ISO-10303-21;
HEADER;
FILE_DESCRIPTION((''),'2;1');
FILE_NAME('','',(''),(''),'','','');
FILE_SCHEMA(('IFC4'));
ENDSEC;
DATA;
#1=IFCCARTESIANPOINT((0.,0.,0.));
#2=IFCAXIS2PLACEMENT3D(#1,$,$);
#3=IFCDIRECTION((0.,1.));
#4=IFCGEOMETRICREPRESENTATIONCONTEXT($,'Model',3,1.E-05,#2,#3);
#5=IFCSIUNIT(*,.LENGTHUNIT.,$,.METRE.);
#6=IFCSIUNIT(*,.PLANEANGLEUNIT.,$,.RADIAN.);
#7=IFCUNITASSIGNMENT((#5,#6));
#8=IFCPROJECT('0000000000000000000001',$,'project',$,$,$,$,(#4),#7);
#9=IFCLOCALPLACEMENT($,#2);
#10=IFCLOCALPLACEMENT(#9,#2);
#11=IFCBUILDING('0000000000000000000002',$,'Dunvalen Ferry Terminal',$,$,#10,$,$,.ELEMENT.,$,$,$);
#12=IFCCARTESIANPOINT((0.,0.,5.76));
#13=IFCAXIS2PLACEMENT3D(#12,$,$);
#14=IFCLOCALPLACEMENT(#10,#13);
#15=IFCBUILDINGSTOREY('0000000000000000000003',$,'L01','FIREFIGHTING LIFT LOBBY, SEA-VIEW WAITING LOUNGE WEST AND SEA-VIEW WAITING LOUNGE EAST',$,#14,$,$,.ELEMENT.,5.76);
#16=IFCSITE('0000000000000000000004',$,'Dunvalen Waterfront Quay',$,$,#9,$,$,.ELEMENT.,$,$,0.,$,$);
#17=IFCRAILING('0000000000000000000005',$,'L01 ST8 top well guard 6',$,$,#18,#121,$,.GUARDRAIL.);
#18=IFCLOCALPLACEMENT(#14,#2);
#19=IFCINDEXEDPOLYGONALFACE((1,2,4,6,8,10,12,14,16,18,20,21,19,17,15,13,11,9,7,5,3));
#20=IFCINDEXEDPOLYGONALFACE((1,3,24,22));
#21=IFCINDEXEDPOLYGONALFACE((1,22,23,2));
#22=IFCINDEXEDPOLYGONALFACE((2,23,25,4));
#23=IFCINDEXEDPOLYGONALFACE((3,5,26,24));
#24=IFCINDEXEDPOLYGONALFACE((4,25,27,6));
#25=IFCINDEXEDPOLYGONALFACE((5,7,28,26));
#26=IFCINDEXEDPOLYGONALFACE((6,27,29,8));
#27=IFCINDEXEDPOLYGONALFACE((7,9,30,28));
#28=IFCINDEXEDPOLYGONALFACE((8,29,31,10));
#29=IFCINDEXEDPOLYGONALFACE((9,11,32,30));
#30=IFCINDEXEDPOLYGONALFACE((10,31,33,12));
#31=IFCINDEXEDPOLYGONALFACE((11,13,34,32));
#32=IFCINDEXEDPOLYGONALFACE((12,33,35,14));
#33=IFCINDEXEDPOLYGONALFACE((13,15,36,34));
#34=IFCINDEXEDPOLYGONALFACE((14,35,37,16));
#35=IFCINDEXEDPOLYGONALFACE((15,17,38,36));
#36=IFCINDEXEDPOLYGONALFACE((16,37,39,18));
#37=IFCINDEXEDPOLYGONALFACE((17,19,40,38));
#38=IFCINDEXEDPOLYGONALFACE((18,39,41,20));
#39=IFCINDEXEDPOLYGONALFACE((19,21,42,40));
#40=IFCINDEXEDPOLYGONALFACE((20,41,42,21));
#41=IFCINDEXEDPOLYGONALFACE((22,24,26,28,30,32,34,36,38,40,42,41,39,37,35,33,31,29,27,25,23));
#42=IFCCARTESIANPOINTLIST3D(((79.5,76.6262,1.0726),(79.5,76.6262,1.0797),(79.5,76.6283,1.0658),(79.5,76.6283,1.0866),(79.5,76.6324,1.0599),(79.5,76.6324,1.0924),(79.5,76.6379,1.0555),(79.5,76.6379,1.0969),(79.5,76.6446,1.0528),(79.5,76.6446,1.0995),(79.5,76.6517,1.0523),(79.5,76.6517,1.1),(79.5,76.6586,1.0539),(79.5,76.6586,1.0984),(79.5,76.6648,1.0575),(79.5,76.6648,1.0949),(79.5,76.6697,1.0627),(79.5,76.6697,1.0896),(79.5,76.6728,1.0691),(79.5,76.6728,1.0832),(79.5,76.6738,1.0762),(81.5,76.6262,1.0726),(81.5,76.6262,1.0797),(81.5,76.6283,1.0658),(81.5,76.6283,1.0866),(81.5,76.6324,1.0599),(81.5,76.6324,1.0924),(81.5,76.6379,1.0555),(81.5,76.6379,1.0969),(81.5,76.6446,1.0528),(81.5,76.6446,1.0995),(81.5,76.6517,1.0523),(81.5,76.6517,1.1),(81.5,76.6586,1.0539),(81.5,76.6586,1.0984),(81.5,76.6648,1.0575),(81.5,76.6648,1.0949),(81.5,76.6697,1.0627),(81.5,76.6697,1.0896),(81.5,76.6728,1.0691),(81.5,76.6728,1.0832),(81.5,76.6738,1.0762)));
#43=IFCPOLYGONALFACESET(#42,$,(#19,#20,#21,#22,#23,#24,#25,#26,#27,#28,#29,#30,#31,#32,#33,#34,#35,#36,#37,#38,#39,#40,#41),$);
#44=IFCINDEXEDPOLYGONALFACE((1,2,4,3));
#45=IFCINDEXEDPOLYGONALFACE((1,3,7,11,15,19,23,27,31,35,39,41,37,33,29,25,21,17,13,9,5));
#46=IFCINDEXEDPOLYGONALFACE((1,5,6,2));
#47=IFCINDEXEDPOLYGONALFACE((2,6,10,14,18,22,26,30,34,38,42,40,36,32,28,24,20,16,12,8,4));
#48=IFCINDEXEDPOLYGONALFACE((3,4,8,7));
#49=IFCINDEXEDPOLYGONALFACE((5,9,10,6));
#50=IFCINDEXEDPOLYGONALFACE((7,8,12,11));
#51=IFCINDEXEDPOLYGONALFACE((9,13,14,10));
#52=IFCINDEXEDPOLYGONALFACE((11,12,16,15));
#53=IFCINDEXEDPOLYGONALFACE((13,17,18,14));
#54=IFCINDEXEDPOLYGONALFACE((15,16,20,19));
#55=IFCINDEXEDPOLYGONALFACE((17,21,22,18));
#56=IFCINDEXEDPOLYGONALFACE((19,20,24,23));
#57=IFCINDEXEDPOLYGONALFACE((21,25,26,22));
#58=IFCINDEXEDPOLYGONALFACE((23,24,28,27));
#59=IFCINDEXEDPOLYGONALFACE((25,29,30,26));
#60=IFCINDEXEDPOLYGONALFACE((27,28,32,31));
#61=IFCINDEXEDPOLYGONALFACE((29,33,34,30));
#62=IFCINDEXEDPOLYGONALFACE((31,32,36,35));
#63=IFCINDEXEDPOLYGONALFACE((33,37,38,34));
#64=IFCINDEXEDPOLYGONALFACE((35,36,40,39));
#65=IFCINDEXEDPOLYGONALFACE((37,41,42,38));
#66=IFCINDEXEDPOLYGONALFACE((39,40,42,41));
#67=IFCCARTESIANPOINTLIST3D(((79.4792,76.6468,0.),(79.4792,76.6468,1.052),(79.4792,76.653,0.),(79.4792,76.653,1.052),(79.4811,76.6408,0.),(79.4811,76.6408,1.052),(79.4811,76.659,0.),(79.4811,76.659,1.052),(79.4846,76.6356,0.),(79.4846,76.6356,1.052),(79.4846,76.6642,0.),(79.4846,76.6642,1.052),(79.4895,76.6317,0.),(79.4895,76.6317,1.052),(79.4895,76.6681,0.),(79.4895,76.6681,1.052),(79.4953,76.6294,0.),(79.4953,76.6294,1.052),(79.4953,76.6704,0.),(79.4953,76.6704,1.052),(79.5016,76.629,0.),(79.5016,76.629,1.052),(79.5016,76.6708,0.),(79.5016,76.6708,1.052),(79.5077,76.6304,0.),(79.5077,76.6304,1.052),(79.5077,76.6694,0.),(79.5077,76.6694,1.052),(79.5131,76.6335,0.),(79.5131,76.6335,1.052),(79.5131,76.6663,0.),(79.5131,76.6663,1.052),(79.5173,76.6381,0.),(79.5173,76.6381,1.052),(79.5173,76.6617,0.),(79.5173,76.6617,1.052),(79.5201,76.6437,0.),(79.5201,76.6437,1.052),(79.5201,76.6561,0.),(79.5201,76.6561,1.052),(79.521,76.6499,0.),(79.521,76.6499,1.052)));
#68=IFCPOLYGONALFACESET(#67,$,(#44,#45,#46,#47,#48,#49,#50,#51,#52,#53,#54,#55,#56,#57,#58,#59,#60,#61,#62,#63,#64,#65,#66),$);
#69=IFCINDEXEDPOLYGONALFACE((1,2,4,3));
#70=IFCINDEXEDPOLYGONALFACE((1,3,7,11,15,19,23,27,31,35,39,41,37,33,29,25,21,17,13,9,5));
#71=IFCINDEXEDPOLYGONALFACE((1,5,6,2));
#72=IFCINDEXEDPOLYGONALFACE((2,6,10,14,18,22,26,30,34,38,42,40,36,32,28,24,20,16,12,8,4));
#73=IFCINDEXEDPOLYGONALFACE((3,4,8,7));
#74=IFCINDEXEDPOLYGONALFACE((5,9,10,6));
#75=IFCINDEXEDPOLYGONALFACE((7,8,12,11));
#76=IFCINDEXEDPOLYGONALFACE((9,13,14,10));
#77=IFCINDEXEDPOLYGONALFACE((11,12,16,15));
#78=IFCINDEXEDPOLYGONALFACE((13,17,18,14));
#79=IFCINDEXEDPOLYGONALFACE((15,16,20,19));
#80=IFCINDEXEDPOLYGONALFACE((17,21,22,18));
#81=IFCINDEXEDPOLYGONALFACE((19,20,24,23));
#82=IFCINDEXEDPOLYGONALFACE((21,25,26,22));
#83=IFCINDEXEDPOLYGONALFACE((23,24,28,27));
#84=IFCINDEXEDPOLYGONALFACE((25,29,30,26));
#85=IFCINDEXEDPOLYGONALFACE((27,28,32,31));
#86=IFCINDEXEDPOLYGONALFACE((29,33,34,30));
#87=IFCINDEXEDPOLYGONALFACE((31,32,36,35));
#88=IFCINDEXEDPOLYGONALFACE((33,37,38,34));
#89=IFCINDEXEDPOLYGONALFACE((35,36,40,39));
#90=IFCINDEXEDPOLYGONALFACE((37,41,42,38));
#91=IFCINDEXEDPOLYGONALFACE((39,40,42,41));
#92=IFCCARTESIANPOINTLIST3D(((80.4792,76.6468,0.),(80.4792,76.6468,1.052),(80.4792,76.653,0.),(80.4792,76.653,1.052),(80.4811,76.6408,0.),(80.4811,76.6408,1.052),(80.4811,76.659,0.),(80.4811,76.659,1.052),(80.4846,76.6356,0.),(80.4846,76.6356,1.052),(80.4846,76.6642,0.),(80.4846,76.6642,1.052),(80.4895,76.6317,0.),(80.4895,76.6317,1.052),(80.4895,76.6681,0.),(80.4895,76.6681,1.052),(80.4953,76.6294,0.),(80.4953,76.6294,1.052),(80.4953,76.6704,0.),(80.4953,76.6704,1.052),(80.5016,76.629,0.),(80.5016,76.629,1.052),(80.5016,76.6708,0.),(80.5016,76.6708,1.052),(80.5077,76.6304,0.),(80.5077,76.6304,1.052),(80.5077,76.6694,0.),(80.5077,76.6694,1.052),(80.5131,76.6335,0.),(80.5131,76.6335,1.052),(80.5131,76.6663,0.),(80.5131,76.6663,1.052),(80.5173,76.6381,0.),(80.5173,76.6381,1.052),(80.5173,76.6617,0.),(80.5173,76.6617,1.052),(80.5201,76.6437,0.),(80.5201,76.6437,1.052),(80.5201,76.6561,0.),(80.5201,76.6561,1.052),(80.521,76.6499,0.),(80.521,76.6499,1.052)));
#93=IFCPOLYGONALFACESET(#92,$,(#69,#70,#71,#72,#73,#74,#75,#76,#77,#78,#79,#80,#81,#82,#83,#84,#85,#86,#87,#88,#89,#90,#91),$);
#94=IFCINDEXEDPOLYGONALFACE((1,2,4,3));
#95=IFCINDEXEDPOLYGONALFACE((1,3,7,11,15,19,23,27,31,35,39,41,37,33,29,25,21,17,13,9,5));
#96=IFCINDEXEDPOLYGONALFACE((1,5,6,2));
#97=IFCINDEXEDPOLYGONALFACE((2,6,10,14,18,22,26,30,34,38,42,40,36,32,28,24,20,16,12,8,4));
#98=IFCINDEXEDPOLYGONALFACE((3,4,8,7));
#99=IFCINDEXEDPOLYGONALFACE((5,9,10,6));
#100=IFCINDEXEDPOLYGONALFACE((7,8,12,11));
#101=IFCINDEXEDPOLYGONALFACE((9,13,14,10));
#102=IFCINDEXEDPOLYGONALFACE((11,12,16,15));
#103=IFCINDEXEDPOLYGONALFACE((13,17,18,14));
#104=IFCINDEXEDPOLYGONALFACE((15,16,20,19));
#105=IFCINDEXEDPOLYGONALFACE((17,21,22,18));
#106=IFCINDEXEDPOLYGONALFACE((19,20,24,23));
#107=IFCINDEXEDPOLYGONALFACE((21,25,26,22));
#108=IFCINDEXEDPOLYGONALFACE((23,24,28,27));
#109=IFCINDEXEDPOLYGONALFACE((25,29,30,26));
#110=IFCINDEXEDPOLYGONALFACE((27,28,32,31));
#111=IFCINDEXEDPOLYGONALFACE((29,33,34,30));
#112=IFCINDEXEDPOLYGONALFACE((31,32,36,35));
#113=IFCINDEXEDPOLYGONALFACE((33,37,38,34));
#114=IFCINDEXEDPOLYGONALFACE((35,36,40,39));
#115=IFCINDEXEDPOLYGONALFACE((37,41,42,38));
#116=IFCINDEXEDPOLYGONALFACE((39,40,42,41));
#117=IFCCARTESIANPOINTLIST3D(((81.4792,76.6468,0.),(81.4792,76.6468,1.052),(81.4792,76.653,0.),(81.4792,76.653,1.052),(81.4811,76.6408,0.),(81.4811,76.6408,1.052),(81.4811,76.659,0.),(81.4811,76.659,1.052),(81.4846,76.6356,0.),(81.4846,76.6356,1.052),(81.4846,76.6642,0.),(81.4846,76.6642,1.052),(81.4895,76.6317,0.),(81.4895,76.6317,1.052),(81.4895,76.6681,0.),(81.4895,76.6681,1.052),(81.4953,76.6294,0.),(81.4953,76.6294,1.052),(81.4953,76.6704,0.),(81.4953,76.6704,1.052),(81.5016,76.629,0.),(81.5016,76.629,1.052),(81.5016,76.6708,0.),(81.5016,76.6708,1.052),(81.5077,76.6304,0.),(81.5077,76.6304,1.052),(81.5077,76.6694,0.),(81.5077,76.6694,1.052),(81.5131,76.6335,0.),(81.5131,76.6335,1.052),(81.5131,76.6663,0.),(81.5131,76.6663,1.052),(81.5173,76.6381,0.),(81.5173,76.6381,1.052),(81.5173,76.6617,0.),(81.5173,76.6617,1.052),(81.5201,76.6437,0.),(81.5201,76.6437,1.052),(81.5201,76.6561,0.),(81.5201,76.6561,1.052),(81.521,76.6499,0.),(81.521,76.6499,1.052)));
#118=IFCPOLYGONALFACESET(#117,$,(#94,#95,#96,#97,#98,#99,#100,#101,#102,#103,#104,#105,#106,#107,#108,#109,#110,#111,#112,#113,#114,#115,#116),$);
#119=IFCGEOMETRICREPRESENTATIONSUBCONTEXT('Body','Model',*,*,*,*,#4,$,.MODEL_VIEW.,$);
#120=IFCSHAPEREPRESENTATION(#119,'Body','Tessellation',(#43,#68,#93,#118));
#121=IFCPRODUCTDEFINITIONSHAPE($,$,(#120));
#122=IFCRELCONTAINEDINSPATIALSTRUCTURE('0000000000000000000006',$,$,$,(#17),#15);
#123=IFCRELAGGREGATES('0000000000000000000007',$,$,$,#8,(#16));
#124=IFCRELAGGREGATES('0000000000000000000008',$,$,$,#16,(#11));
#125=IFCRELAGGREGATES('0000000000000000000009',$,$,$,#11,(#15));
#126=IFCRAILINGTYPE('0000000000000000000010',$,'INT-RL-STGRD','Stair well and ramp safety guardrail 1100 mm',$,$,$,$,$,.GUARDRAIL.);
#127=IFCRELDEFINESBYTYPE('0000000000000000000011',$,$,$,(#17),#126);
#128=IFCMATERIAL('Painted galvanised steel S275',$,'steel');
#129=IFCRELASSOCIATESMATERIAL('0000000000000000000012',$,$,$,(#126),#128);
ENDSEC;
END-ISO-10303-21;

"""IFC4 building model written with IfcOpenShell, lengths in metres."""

from ifc_helpers import new_model, si_unit, direction, frame, origin, origin_2d, place, context, subcontext, project, spatial, circle, extrude, material, type_object, element, save


model = new_model("IFC4")

# Units and contexts
model_context = context("Model", 3, precision=1e-05, world=origin(), true_north=direction((0.0, 1.0)))
body_context = subcontext(model_context, "Body", "Model", "MODEL_VIEW")
ifc_project = project(units=[si_unit("LENGTHUNIT", "METRE"), si_unit("PLANEANGLEUNIT", "RADIAN")], contexts=[model_context])

# Site, building, storey
site_placement = place(None, origin())
site = spatial("IfcSite", under=ifc_project, at=site_placement, Name="Dunvalen Waterfront Quay", CompositionType="ELEMENT", RefElevation=0.0)
building_placement = place(site_placement, origin())
building = spatial("IfcBuilding", under=site, at=building_placement, Name="Dunvalen Ferry Terminal", CompositionType="ELEMENT")
storey_placement = place(building_placement, frame((0.0, 0.0, 5.76)))
storey = spatial("IfcBuildingStorey", under=building, at=storey_placement, Name="L01", Description="FIREFIGHTING LIFT LOBBY, SEA-VIEW WAITING LOUNGE WEST AND SEA-VIEW WAITING LOUNGE EAST", CompositionType="ELEMENT", Elevation=5.76)

# Railing
ifc_material_1 = material(Name="Painted galvanised steel S275", Category="steel")
railing_type = type_object("IfcRailingType", Name="INT-RL-STGRD", Description="Stair well and ramp safety guardrail 1100 mm", PredefinedType="GUARDRAIL", material=ifc_material_1)
for number, where, name in (
    (1, (79.5, 76.6499, 0.0), "L01 ST8 top well guard 6"),
):
    element("IfcRailing", number, at=place(storey_placement, frame(where)), inside=storey, type_object=railing_type, Name=name, PredefinedType="GUARDRAIL", context=body_context, shape_type="SweptSolid", body=[
        extrude(circle(Radius=0.0239, at=origin_2d()), frame((0.0, 0.0, 1.0762), z_axis=(1.0, 0.0, 0.0), x_axis=(0.0, 1.0, 0.0)), (0.0, 0.0, 1.0), 2.0),
        extrude(circle(Radius=0.021, at=origin_2d()), origin(), (0.0, 0.0, 1.0), 1.052),
        extrude(circle(Radius=0.021, at=origin_2d()), frame((1.0, 0.0, 0.0)), (0.0, 0.0, 1.0), 1.052),
        extrude(circle(Radius=0.021, at=origin_2d()), frame((2.0, 0.0, 0.0)), (0.0, 0.0, 1.0), 1.052),
    ])

save(model, "model.ifc")
